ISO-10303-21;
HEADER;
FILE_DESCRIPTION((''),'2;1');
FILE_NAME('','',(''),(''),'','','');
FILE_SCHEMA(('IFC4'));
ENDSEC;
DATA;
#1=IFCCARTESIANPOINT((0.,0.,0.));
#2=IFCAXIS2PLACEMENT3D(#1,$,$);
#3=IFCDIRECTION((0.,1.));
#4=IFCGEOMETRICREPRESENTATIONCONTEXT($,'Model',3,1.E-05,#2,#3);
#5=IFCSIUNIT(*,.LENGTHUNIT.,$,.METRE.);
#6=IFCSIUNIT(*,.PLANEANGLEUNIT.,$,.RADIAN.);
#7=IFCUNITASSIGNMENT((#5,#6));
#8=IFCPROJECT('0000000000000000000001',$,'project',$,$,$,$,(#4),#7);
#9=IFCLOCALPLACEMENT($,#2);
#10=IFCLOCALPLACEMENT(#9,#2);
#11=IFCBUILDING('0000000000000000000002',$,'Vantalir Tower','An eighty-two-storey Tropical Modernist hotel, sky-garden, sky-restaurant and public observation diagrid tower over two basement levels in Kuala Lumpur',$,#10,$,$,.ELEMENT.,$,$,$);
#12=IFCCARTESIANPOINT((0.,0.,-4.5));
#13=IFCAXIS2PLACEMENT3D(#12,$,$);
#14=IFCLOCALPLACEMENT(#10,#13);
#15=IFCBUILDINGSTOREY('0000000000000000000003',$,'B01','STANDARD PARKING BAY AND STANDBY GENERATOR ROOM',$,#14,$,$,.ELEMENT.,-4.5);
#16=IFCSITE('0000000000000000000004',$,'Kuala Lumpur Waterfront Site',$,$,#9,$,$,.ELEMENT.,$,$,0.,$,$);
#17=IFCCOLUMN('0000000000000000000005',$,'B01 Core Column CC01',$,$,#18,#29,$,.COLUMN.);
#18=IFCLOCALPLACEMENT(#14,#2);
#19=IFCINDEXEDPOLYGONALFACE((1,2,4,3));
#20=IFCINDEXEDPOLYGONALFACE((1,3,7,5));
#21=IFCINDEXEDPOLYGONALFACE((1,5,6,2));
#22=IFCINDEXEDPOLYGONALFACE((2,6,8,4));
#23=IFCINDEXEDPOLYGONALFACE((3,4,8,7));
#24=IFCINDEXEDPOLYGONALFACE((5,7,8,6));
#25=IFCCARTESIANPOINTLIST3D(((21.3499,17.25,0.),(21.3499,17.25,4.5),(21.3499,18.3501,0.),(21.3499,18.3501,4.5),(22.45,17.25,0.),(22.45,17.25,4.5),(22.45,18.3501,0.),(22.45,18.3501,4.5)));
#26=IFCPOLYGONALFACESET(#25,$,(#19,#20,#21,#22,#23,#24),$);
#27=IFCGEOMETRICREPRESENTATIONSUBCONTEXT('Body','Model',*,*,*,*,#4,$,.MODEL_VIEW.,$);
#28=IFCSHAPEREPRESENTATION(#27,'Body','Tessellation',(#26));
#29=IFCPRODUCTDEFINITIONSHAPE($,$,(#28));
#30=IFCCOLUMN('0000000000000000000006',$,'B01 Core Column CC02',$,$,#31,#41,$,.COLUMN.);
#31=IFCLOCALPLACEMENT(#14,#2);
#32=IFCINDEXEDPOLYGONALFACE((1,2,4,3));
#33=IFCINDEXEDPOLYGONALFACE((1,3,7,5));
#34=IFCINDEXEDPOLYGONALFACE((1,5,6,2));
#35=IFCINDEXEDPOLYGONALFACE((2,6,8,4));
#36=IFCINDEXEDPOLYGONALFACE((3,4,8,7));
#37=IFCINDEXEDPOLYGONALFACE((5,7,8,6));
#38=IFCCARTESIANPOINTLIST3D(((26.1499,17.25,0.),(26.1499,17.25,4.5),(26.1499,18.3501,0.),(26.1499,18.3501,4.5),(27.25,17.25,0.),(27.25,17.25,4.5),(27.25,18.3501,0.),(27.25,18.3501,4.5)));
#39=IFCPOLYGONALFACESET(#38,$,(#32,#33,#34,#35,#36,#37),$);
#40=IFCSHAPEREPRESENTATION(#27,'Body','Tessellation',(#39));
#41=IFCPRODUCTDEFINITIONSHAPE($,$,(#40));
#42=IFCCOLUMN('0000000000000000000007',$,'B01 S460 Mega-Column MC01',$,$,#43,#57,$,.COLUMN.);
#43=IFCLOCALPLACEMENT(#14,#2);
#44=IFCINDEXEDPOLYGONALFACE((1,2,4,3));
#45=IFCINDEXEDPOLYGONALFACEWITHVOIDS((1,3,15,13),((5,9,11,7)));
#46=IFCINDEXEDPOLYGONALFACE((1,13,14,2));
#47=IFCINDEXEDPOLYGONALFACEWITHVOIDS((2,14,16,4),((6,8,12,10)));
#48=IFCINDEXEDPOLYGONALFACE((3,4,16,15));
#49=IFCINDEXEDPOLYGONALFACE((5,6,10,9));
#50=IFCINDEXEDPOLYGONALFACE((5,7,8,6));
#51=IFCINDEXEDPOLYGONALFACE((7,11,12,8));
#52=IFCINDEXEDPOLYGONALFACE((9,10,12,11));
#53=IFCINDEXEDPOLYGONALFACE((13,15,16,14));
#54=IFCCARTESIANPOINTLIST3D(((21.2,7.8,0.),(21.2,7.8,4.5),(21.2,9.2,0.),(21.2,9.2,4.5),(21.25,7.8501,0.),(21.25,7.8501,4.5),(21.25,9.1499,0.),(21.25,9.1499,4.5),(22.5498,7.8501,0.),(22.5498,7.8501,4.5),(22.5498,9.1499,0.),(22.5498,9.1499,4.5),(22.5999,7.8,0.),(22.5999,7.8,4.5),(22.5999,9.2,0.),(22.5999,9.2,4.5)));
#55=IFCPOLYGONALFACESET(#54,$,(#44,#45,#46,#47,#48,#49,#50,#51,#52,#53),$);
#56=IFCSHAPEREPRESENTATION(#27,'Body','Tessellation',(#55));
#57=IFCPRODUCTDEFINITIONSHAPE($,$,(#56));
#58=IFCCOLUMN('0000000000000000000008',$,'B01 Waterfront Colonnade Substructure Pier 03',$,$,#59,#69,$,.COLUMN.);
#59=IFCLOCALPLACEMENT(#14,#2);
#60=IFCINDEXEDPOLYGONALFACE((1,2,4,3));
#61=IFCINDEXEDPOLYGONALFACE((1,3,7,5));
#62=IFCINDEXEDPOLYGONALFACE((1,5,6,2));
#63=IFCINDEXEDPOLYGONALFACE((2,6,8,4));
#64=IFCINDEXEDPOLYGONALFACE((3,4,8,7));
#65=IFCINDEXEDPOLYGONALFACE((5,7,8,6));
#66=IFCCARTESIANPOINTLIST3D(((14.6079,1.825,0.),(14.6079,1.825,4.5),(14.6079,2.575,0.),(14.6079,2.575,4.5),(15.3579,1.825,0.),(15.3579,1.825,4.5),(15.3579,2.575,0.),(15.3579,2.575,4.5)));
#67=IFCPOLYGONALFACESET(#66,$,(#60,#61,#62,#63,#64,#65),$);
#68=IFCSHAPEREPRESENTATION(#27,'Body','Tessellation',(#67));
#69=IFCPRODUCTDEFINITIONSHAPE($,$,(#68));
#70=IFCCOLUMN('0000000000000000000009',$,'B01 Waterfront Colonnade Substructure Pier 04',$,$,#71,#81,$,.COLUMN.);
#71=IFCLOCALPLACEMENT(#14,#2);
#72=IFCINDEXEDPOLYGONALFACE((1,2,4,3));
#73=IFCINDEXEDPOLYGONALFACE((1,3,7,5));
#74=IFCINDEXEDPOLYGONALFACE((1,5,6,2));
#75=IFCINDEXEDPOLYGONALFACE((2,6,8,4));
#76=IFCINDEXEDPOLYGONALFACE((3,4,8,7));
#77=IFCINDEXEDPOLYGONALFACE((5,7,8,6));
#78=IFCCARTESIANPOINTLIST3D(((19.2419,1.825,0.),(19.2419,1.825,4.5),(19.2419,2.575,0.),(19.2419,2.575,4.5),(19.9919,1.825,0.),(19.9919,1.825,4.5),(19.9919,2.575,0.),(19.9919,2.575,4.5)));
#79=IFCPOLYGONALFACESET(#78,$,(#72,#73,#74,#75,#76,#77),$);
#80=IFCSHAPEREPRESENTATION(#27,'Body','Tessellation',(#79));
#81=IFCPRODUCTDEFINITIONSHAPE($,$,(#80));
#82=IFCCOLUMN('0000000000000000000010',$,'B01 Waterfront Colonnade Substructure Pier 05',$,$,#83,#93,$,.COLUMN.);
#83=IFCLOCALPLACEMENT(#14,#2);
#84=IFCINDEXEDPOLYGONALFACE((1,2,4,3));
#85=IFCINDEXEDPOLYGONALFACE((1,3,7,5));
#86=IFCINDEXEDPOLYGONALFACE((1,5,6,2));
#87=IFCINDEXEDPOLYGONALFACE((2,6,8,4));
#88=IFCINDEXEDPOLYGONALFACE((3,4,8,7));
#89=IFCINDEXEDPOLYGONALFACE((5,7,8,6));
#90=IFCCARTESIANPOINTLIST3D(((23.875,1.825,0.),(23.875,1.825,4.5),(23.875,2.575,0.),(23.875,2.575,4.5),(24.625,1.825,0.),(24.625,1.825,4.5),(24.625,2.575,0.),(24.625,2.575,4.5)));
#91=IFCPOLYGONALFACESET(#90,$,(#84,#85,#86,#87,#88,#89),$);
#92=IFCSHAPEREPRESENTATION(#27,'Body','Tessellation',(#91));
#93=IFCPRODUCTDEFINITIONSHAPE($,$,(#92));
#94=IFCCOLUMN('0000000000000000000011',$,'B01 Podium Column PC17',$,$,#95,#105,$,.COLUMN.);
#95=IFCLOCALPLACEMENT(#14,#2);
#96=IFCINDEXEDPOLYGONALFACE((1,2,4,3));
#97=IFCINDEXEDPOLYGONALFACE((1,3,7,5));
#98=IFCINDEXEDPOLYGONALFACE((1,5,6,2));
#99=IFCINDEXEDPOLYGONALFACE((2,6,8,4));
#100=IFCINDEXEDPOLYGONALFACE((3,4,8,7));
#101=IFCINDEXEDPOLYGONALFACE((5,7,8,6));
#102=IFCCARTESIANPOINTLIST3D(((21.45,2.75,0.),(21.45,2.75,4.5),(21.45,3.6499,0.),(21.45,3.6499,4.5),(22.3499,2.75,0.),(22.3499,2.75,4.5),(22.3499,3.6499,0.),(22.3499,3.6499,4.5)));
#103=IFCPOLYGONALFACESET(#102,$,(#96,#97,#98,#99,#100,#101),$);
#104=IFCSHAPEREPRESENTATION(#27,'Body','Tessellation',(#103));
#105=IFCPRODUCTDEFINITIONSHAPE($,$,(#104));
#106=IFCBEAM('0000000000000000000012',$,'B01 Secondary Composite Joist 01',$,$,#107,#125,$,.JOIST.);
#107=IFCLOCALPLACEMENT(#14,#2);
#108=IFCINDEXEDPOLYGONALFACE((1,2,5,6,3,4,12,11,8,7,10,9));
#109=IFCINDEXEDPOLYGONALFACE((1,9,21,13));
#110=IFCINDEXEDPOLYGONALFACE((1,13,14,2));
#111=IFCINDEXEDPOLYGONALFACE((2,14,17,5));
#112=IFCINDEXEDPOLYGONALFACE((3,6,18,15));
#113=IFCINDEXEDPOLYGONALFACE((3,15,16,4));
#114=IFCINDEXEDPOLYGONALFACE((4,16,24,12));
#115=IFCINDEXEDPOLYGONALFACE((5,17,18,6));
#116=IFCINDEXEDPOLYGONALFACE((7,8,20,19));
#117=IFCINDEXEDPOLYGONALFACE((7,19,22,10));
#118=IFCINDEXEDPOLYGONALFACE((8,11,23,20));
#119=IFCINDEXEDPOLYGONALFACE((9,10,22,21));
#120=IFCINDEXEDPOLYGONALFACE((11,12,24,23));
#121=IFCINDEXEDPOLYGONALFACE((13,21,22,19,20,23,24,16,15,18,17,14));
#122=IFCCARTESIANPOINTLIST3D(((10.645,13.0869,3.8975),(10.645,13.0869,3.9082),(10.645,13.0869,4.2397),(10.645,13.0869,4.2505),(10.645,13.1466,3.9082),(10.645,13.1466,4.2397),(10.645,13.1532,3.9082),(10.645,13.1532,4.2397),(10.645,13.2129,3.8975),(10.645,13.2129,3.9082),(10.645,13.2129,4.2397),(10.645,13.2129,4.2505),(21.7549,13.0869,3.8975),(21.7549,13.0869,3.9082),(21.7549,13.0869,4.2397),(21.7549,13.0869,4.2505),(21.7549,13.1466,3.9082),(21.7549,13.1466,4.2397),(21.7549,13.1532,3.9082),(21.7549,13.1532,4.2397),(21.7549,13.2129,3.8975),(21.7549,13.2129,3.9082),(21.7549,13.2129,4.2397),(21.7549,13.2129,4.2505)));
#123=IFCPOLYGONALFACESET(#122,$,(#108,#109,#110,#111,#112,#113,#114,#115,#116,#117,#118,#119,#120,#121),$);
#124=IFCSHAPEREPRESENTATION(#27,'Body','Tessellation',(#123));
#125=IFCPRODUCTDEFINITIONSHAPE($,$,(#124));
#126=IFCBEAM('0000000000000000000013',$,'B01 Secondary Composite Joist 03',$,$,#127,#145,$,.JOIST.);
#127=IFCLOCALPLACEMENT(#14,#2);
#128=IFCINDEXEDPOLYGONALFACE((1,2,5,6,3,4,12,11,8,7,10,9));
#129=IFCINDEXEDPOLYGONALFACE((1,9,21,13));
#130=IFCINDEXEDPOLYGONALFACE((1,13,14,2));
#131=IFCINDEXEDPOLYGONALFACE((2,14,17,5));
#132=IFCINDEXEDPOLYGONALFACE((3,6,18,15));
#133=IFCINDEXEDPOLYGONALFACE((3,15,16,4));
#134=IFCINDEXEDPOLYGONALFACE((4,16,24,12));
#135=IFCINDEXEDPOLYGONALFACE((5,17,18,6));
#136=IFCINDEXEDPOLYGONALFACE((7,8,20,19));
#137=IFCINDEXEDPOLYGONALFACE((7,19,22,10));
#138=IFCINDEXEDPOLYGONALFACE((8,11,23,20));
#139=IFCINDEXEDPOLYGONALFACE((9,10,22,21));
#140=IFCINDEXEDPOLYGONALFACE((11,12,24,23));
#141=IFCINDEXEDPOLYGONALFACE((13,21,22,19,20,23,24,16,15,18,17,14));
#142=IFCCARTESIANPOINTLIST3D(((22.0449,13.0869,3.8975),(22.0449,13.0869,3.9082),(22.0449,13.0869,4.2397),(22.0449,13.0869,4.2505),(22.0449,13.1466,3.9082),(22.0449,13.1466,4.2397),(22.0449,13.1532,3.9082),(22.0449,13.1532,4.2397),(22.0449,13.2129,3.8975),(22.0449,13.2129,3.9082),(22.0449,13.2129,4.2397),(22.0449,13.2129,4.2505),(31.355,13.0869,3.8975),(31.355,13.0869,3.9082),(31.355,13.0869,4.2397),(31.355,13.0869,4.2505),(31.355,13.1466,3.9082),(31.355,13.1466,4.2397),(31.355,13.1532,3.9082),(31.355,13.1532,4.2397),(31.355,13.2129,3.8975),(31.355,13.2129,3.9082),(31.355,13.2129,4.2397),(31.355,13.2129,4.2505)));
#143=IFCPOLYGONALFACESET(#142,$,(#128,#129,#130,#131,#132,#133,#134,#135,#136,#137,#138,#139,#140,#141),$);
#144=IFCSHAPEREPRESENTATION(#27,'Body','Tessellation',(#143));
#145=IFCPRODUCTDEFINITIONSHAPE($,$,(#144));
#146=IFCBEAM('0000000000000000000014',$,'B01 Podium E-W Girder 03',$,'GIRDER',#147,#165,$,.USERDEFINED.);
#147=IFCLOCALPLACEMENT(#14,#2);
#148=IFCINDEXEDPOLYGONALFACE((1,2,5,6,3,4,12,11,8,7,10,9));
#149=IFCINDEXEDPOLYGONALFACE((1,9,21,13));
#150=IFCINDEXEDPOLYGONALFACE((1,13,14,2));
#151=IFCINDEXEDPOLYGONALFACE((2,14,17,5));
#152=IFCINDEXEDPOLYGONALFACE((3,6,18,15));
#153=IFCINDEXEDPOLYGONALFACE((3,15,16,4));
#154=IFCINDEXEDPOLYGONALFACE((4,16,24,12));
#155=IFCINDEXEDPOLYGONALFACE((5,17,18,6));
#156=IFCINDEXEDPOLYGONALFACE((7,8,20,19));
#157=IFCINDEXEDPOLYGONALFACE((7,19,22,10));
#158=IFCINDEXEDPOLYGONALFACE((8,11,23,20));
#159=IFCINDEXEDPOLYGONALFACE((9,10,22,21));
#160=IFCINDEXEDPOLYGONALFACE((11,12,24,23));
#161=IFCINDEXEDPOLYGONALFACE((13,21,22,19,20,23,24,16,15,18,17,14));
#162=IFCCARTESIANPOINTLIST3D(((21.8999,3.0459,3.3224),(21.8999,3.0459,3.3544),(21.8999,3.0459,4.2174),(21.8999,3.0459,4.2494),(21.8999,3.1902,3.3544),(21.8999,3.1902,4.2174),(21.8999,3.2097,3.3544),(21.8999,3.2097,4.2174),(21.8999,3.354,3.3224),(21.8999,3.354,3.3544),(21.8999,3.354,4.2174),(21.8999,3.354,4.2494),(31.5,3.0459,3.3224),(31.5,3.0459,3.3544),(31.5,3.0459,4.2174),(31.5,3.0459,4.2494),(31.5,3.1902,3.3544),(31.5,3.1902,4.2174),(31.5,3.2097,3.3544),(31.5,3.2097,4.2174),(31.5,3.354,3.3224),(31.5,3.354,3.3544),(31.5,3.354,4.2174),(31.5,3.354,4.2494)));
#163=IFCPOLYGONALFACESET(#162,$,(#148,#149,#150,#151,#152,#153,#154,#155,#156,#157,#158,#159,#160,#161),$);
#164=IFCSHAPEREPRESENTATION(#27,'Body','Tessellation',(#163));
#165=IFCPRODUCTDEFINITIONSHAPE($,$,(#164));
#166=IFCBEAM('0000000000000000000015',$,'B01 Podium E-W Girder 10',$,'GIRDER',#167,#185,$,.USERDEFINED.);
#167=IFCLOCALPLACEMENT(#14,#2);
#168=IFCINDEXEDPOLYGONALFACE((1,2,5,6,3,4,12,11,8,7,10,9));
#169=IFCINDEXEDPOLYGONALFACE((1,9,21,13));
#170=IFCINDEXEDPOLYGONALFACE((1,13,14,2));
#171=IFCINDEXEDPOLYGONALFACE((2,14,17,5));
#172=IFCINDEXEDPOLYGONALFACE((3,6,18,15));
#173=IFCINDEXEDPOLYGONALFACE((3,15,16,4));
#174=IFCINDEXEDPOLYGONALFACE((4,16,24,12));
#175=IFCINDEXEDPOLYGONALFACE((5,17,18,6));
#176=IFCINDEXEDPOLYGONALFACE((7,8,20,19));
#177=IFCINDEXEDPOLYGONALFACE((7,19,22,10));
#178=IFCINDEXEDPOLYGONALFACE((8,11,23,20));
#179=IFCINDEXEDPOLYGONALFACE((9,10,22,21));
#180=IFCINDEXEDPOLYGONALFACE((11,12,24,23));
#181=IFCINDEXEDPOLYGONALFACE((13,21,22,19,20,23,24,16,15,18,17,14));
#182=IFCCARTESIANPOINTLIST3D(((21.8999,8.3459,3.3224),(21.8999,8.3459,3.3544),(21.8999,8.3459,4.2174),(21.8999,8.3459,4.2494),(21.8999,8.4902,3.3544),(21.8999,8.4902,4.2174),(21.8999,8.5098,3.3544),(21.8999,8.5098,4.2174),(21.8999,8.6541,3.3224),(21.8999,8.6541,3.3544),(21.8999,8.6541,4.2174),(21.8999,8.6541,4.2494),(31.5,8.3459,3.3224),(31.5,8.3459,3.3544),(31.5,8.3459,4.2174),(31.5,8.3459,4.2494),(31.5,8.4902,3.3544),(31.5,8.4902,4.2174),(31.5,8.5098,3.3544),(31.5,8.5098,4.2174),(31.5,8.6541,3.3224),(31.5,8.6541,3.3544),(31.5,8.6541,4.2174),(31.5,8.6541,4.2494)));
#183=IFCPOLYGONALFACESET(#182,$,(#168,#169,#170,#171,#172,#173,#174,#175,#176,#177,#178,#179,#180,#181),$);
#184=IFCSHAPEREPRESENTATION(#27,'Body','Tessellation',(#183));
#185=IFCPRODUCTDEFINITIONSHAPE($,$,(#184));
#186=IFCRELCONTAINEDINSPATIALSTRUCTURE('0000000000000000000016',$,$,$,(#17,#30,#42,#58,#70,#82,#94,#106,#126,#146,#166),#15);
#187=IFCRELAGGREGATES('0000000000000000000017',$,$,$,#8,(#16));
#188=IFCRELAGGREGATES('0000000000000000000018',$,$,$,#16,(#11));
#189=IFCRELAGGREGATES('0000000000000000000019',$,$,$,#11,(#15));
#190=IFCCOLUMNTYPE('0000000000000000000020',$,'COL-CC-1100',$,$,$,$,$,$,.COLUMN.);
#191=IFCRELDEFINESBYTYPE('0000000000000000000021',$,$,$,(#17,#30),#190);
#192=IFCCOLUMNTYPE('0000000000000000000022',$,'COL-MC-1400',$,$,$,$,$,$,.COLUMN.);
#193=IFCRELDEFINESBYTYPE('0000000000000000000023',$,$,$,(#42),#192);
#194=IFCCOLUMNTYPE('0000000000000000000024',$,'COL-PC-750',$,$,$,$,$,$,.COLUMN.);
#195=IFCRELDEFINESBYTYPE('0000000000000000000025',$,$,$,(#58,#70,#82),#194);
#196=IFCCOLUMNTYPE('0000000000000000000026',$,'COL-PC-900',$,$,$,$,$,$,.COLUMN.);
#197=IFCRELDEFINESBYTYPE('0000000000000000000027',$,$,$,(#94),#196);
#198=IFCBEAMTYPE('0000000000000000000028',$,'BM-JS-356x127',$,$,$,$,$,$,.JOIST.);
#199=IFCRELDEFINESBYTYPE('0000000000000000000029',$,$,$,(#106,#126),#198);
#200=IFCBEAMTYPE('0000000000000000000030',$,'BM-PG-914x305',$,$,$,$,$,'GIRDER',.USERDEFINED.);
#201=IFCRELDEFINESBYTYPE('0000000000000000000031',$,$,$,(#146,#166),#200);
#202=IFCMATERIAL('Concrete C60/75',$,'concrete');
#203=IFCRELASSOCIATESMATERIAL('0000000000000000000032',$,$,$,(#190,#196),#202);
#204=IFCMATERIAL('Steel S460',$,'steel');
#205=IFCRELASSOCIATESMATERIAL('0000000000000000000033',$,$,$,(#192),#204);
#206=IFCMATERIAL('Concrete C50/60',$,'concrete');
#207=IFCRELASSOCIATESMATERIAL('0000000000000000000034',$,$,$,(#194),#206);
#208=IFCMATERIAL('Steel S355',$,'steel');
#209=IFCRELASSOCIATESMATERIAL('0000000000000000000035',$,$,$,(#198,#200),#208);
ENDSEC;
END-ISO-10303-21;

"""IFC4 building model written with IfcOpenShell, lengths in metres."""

from ifc_helpers import new_model, si_unit, direction, frame, origin, origin_2d, place, context, subcontext, project, spatial, rectangle, hollow_rectangle, i_section, extrude, material, material_profile, profile_set, type_object, element, save


model = new_model("IFC4")

# Units and contexts
model_context = context("Model", 3, precision=1e-05, world=origin(), true_north=direction((0.0, 1.0)))
body_context = subcontext(model_context, "Body", "Model", "MODEL_VIEW")
ifc_project = project(units=[si_unit("LENGTHUNIT", "METRE"), si_unit("PLANEANGLEUNIT", "RADIAN")], contexts=[model_context])

# Site, building, storey
site_placement = place(None, origin())
site = spatial("IfcSite", under=ifc_project, at=site_placement, Name="Kuala Lumpur Waterfront Site", CompositionType="ELEMENT", RefElevation=0.0)
building_placement = place(site_placement, origin())
building = spatial("IfcBuilding", under=site, at=building_placement, Name="Vantalir Tower", Description="An eighty-two-storey Tropical Modernist hotel, sky-garden, sky-restaurant and public observation diagrid tower over two basement levels in Kuala Lumpur", CompositionType="ELEMENT")
storey_placement = place(building_placement, frame((0.0, 0.0, -4.5)))
storey = spatial("IfcBuildingStorey", under=building, at=storey_placement, Name="B01", Description="STANDARD PARKING BAY AND STANDBY GENERATOR ROOM", CompositionType="ELEMENT", Elevation=-4.5)

# Columns
ifc_material_1 = material(Name="Concrete C60/75", Category="concrete")
ifc_material_profile_1 = material_profile(ifc_material_1, rectangle(XDim=1.1001, YDim=1.1001, at=origin_2d()), Name="Concrete C60/75")
ifc_profile_set_1 = profile_set([ifc_material_profile_1], Name="Concrete C60/75")
column_type_1 = type_object("IfcColumnType", Name="COL-CC-1100", PredefinedType="COLUMN", material=ifc_profile_set_1)
for number, where, z_axis, x_axis, name in (
    (1, (21.8999, 17.8, 0.0), (0.0, 0.0, 1.0), (1.0, 0.0, 0.0), "B01 Core Column CC01"),
    (2, (26.7, 17.8, 0.0), (0.0, 0.0, 1.0), (1.0, 0.0, 0.0), "B01 Core Column CC02"),
):
    element("IfcColumn", number, at=place(storey_placement, frame(where, z_axis=z_axis, x_axis=x_axis)), inside=storey, type_object=column_type_1, Name=name, PredefinedType="COLUMN", context=body_context, shape_type="SweptSolid", body=[
        extrude(rectangle(XDim=1.1001, YDim=1.1001, at=origin_2d()), origin(), (0.0, 0.0, 1.0), 4.5),
    ])
ifc_material_2 = material(Name="Steel S460", Category="steel")
ifc_material_profile_2 = material_profile(ifc_material_2, hollow_rectangle(XDim=1.3999, YDim=1.3999, WallThickness=0.05, at=origin_2d()), Name="Steel S460")
ifc_profile_set_2 = profile_set([ifc_material_profile_2], Name="Steel S460")
column_type_2 = type_object("IfcColumnType", Name="COL-MC-1400", PredefinedType="COLUMN", material=ifc_profile_set_2)
column_1_placement = place(storey_placement, frame((21.8999, 8.5, 0.0), z_axis=(0.0, 0.0, 1.0), x_axis=(1.0, 0.0, 0.0)))
element("IfcColumn", 3, at=column_1_placement, inside=storey, type_object=column_type_2, Name="B01 S460 Mega-Column MC01", PredefinedType="COLUMN", context=body_context, shape_type="SweptSolid", body=[
    extrude(hollow_rectangle(XDim=1.3999, YDim=1.3999, WallThickness=0.05, at=origin_2d()), origin(), (0.0, 0.0, 1.0), 4.5),
])
ifc_material_3 = material(Name="Concrete C50/60", Category="concrete")
ifc_material_profile_3 = material_profile(ifc_material_3, rectangle(XDim=0.75, YDim=0.75, at=origin_2d()), Name="Concrete C50/60")
ifc_profile_set_3 = profile_set([ifc_material_profile_3], Name="Concrete C50/60")
column_type_3 = type_object("IfcColumnType", Name="COL-PC-750", PredefinedType="COLUMN", material=ifc_profile_set_3)
for number, where, z_axis, x_axis, name in (
    (4, (14.9829, 2.2, 0.0), (0.0, 0.0, 1.0), (1.0, 0.0, 0.0), "B01 Waterfront Colonnade Substructure Pier 03"),
    (5, (19.6169, 2.2, 0.0), (0.0, 0.0, 1.0), (1.0, 0.0, 0.0), "B01 Waterfront Colonnade Substructure Pier 04"),
    (6, (24.25, 2.2, 0.0), (0.0, 0.0, 1.0), (1.0, 0.0, 0.0), "B01 Waterfront Colonnade Substructure Pier 05"),
):
    element("IfcColumn", number, at=place(storey_placement, frame(where, z_axis=z_axis, x_axis=x_axis)), inside=storey, type_object=column_type_3, Name=name, PredefinedType="COLUMN", context=body_context, shape_type="SweptSolid", body=[
        extrude(rectangle(XDim=0.75, YDim=0.75, at=origin_2d()), origin(), (0.0, 0.0, 1.0), 4.5),
    ])
ifc_material_profile_4 = material_profile(ifc_material_1, rectangle(XDim=0.8999, YDim=0.8999, at=origin_2d()), Name="Concrete C60/75")
ifc_profile_set_4 = profile_set([ifc_material_profile_4], Name="Concrete C60/75")
column_type_4 = type_object("IfcColumnType", Name="COL-PC-900", PredefinedType="COLUMN", material=ifc_profile_set_4)
column_2_placement = place(storey_placement, frame((21.8999, 3.2, 0.0), z_axis=(0.0, 0.0, 1.0), x_axis=(1.0, 0.0, 0.0)))
element("IfcColumn", 7, at=column_2_placement, inside=storey, type_object=column_type_4, Name="B01 Podium Column PC17", PredefinedType="COLUMN", context=body_context, shape_type="SweptSolid", body=[
    extrude(rectangle(XDim=0.8999, YDim=0.8999, at=origin_2d()), origin(), (0.0, 0.0, 1.0), 4.5),
])

# Beams
ifc_material_4 = material(Name="Steel S355", Category="steel")
ifc_material_profile_5 = material_profile(ifc_material_4, i_section(OverallWidth=0.126, OverallDepth=0.353, WebThickness=0.0066, FlangeThickness=0.0107, at=origin_2d()), Name="Steel S355")
ifc_profile_set_5 = profile_set([ifc_material_profile_5], Name="Steel S355")
beam_type_1 = type_object("IfcBeamType", Name="BM-JS-356x127", PredefinedType="JOIST", material=ifc_profile_set_5)
beam_1_placement = place(storey_placement, frame((10.645, 13.1499, 4.074), z_axis=(1.0, 0.0, 0.0), x_axis=(0.0, 1.0, 0.0)))
element("IfcBeam", 8, at=beam_1_placement, inside=storey, type_object=beam_type_1, Name="B01 Secondary Composite Joist 01", PredefinedType="JOIST", context=body_context, shape_type="SweptSolid", body=[
    extrude(i_section(OverallWidth=0.126, OverallDepth=0.353, WebThickness=0.0066, FlangeThickness=0.0107, at=origin_2d()), origin(), (0.0, 0.0, 1.0), 11.1099),
])
beam_2_placement = place(storey_placement, frame((22.0449, 13.1499, 4.074), z_axis=(1.0, 0.0, 0.0), x_axis=(0.0, 1.0, 0.0)))
element("IfcBeam", 9, at=beam_2_placement, inside=storey, type_object=beam_type_1, Name="B01 Secondary Composite Joist 03", PredefinedType="JOIST", context=body_context, shape_type="SweptSolid", body=[
    extrude(i_section(OverallWidth=0.126, OverallDepth=0.353, WebThickness=0.0066, FlangeThickness=0.0107, at=origin_2d()), origin(), (0.0, 0.0, 1.0), 9.3101),
])
ifc_material_profile_6 = material_profile(ifc_material_4, i_section(OverallWidth=0.3081, OverallDepth=0.927, WebThickness=0.0195, FlangeThickness=0.032, at=origin_2d()), Name="Steel S355")
ifc_profile_set_6 = profile_set([ifc_material_profile_6], Name="Steel S355")
beam_type_2 = type_object("IfcBeamType", Name="BM-PG-914x305", ElementType="GIRDER", PredefinedType="USERDEFINED", material=ifc_profile_set_6)
for number, where, z_axis, x_axis, name in (
    (10, (21.8999, 3.2, 3.7859), (1.0, 0.0, 0.0), (0.0, 1.0, 0.0), "B01 Podium E-W Girder 03"),
    (11, (21.8999, 8.5, 3.7859), (1.0, 0.0, 0.0), (0.0, 1.0, 0.0), "B01 Podium E-W Girder 10"),
):
    element("IfcBeam", number, at=place(storey_placement, frame(where, z_axis=z_axis, x_axis=x_axis)), inside=storey, type_object=beam_type_2, Name=name, ObjectType="GIRDER", PredefinedType="USERDEFINED", context=body_context, shape_type="SweptSolid", body=[
        extrude(i_section(OverallWidth=0.3081, OverallDepth=0.927, WebThickness=0.0195, FlangeThickness=0.032, at=origin_2d()), origin(), (0.0, 0.0, 1.0), 9.6001),
    ])

save(model, "model.ifc")
